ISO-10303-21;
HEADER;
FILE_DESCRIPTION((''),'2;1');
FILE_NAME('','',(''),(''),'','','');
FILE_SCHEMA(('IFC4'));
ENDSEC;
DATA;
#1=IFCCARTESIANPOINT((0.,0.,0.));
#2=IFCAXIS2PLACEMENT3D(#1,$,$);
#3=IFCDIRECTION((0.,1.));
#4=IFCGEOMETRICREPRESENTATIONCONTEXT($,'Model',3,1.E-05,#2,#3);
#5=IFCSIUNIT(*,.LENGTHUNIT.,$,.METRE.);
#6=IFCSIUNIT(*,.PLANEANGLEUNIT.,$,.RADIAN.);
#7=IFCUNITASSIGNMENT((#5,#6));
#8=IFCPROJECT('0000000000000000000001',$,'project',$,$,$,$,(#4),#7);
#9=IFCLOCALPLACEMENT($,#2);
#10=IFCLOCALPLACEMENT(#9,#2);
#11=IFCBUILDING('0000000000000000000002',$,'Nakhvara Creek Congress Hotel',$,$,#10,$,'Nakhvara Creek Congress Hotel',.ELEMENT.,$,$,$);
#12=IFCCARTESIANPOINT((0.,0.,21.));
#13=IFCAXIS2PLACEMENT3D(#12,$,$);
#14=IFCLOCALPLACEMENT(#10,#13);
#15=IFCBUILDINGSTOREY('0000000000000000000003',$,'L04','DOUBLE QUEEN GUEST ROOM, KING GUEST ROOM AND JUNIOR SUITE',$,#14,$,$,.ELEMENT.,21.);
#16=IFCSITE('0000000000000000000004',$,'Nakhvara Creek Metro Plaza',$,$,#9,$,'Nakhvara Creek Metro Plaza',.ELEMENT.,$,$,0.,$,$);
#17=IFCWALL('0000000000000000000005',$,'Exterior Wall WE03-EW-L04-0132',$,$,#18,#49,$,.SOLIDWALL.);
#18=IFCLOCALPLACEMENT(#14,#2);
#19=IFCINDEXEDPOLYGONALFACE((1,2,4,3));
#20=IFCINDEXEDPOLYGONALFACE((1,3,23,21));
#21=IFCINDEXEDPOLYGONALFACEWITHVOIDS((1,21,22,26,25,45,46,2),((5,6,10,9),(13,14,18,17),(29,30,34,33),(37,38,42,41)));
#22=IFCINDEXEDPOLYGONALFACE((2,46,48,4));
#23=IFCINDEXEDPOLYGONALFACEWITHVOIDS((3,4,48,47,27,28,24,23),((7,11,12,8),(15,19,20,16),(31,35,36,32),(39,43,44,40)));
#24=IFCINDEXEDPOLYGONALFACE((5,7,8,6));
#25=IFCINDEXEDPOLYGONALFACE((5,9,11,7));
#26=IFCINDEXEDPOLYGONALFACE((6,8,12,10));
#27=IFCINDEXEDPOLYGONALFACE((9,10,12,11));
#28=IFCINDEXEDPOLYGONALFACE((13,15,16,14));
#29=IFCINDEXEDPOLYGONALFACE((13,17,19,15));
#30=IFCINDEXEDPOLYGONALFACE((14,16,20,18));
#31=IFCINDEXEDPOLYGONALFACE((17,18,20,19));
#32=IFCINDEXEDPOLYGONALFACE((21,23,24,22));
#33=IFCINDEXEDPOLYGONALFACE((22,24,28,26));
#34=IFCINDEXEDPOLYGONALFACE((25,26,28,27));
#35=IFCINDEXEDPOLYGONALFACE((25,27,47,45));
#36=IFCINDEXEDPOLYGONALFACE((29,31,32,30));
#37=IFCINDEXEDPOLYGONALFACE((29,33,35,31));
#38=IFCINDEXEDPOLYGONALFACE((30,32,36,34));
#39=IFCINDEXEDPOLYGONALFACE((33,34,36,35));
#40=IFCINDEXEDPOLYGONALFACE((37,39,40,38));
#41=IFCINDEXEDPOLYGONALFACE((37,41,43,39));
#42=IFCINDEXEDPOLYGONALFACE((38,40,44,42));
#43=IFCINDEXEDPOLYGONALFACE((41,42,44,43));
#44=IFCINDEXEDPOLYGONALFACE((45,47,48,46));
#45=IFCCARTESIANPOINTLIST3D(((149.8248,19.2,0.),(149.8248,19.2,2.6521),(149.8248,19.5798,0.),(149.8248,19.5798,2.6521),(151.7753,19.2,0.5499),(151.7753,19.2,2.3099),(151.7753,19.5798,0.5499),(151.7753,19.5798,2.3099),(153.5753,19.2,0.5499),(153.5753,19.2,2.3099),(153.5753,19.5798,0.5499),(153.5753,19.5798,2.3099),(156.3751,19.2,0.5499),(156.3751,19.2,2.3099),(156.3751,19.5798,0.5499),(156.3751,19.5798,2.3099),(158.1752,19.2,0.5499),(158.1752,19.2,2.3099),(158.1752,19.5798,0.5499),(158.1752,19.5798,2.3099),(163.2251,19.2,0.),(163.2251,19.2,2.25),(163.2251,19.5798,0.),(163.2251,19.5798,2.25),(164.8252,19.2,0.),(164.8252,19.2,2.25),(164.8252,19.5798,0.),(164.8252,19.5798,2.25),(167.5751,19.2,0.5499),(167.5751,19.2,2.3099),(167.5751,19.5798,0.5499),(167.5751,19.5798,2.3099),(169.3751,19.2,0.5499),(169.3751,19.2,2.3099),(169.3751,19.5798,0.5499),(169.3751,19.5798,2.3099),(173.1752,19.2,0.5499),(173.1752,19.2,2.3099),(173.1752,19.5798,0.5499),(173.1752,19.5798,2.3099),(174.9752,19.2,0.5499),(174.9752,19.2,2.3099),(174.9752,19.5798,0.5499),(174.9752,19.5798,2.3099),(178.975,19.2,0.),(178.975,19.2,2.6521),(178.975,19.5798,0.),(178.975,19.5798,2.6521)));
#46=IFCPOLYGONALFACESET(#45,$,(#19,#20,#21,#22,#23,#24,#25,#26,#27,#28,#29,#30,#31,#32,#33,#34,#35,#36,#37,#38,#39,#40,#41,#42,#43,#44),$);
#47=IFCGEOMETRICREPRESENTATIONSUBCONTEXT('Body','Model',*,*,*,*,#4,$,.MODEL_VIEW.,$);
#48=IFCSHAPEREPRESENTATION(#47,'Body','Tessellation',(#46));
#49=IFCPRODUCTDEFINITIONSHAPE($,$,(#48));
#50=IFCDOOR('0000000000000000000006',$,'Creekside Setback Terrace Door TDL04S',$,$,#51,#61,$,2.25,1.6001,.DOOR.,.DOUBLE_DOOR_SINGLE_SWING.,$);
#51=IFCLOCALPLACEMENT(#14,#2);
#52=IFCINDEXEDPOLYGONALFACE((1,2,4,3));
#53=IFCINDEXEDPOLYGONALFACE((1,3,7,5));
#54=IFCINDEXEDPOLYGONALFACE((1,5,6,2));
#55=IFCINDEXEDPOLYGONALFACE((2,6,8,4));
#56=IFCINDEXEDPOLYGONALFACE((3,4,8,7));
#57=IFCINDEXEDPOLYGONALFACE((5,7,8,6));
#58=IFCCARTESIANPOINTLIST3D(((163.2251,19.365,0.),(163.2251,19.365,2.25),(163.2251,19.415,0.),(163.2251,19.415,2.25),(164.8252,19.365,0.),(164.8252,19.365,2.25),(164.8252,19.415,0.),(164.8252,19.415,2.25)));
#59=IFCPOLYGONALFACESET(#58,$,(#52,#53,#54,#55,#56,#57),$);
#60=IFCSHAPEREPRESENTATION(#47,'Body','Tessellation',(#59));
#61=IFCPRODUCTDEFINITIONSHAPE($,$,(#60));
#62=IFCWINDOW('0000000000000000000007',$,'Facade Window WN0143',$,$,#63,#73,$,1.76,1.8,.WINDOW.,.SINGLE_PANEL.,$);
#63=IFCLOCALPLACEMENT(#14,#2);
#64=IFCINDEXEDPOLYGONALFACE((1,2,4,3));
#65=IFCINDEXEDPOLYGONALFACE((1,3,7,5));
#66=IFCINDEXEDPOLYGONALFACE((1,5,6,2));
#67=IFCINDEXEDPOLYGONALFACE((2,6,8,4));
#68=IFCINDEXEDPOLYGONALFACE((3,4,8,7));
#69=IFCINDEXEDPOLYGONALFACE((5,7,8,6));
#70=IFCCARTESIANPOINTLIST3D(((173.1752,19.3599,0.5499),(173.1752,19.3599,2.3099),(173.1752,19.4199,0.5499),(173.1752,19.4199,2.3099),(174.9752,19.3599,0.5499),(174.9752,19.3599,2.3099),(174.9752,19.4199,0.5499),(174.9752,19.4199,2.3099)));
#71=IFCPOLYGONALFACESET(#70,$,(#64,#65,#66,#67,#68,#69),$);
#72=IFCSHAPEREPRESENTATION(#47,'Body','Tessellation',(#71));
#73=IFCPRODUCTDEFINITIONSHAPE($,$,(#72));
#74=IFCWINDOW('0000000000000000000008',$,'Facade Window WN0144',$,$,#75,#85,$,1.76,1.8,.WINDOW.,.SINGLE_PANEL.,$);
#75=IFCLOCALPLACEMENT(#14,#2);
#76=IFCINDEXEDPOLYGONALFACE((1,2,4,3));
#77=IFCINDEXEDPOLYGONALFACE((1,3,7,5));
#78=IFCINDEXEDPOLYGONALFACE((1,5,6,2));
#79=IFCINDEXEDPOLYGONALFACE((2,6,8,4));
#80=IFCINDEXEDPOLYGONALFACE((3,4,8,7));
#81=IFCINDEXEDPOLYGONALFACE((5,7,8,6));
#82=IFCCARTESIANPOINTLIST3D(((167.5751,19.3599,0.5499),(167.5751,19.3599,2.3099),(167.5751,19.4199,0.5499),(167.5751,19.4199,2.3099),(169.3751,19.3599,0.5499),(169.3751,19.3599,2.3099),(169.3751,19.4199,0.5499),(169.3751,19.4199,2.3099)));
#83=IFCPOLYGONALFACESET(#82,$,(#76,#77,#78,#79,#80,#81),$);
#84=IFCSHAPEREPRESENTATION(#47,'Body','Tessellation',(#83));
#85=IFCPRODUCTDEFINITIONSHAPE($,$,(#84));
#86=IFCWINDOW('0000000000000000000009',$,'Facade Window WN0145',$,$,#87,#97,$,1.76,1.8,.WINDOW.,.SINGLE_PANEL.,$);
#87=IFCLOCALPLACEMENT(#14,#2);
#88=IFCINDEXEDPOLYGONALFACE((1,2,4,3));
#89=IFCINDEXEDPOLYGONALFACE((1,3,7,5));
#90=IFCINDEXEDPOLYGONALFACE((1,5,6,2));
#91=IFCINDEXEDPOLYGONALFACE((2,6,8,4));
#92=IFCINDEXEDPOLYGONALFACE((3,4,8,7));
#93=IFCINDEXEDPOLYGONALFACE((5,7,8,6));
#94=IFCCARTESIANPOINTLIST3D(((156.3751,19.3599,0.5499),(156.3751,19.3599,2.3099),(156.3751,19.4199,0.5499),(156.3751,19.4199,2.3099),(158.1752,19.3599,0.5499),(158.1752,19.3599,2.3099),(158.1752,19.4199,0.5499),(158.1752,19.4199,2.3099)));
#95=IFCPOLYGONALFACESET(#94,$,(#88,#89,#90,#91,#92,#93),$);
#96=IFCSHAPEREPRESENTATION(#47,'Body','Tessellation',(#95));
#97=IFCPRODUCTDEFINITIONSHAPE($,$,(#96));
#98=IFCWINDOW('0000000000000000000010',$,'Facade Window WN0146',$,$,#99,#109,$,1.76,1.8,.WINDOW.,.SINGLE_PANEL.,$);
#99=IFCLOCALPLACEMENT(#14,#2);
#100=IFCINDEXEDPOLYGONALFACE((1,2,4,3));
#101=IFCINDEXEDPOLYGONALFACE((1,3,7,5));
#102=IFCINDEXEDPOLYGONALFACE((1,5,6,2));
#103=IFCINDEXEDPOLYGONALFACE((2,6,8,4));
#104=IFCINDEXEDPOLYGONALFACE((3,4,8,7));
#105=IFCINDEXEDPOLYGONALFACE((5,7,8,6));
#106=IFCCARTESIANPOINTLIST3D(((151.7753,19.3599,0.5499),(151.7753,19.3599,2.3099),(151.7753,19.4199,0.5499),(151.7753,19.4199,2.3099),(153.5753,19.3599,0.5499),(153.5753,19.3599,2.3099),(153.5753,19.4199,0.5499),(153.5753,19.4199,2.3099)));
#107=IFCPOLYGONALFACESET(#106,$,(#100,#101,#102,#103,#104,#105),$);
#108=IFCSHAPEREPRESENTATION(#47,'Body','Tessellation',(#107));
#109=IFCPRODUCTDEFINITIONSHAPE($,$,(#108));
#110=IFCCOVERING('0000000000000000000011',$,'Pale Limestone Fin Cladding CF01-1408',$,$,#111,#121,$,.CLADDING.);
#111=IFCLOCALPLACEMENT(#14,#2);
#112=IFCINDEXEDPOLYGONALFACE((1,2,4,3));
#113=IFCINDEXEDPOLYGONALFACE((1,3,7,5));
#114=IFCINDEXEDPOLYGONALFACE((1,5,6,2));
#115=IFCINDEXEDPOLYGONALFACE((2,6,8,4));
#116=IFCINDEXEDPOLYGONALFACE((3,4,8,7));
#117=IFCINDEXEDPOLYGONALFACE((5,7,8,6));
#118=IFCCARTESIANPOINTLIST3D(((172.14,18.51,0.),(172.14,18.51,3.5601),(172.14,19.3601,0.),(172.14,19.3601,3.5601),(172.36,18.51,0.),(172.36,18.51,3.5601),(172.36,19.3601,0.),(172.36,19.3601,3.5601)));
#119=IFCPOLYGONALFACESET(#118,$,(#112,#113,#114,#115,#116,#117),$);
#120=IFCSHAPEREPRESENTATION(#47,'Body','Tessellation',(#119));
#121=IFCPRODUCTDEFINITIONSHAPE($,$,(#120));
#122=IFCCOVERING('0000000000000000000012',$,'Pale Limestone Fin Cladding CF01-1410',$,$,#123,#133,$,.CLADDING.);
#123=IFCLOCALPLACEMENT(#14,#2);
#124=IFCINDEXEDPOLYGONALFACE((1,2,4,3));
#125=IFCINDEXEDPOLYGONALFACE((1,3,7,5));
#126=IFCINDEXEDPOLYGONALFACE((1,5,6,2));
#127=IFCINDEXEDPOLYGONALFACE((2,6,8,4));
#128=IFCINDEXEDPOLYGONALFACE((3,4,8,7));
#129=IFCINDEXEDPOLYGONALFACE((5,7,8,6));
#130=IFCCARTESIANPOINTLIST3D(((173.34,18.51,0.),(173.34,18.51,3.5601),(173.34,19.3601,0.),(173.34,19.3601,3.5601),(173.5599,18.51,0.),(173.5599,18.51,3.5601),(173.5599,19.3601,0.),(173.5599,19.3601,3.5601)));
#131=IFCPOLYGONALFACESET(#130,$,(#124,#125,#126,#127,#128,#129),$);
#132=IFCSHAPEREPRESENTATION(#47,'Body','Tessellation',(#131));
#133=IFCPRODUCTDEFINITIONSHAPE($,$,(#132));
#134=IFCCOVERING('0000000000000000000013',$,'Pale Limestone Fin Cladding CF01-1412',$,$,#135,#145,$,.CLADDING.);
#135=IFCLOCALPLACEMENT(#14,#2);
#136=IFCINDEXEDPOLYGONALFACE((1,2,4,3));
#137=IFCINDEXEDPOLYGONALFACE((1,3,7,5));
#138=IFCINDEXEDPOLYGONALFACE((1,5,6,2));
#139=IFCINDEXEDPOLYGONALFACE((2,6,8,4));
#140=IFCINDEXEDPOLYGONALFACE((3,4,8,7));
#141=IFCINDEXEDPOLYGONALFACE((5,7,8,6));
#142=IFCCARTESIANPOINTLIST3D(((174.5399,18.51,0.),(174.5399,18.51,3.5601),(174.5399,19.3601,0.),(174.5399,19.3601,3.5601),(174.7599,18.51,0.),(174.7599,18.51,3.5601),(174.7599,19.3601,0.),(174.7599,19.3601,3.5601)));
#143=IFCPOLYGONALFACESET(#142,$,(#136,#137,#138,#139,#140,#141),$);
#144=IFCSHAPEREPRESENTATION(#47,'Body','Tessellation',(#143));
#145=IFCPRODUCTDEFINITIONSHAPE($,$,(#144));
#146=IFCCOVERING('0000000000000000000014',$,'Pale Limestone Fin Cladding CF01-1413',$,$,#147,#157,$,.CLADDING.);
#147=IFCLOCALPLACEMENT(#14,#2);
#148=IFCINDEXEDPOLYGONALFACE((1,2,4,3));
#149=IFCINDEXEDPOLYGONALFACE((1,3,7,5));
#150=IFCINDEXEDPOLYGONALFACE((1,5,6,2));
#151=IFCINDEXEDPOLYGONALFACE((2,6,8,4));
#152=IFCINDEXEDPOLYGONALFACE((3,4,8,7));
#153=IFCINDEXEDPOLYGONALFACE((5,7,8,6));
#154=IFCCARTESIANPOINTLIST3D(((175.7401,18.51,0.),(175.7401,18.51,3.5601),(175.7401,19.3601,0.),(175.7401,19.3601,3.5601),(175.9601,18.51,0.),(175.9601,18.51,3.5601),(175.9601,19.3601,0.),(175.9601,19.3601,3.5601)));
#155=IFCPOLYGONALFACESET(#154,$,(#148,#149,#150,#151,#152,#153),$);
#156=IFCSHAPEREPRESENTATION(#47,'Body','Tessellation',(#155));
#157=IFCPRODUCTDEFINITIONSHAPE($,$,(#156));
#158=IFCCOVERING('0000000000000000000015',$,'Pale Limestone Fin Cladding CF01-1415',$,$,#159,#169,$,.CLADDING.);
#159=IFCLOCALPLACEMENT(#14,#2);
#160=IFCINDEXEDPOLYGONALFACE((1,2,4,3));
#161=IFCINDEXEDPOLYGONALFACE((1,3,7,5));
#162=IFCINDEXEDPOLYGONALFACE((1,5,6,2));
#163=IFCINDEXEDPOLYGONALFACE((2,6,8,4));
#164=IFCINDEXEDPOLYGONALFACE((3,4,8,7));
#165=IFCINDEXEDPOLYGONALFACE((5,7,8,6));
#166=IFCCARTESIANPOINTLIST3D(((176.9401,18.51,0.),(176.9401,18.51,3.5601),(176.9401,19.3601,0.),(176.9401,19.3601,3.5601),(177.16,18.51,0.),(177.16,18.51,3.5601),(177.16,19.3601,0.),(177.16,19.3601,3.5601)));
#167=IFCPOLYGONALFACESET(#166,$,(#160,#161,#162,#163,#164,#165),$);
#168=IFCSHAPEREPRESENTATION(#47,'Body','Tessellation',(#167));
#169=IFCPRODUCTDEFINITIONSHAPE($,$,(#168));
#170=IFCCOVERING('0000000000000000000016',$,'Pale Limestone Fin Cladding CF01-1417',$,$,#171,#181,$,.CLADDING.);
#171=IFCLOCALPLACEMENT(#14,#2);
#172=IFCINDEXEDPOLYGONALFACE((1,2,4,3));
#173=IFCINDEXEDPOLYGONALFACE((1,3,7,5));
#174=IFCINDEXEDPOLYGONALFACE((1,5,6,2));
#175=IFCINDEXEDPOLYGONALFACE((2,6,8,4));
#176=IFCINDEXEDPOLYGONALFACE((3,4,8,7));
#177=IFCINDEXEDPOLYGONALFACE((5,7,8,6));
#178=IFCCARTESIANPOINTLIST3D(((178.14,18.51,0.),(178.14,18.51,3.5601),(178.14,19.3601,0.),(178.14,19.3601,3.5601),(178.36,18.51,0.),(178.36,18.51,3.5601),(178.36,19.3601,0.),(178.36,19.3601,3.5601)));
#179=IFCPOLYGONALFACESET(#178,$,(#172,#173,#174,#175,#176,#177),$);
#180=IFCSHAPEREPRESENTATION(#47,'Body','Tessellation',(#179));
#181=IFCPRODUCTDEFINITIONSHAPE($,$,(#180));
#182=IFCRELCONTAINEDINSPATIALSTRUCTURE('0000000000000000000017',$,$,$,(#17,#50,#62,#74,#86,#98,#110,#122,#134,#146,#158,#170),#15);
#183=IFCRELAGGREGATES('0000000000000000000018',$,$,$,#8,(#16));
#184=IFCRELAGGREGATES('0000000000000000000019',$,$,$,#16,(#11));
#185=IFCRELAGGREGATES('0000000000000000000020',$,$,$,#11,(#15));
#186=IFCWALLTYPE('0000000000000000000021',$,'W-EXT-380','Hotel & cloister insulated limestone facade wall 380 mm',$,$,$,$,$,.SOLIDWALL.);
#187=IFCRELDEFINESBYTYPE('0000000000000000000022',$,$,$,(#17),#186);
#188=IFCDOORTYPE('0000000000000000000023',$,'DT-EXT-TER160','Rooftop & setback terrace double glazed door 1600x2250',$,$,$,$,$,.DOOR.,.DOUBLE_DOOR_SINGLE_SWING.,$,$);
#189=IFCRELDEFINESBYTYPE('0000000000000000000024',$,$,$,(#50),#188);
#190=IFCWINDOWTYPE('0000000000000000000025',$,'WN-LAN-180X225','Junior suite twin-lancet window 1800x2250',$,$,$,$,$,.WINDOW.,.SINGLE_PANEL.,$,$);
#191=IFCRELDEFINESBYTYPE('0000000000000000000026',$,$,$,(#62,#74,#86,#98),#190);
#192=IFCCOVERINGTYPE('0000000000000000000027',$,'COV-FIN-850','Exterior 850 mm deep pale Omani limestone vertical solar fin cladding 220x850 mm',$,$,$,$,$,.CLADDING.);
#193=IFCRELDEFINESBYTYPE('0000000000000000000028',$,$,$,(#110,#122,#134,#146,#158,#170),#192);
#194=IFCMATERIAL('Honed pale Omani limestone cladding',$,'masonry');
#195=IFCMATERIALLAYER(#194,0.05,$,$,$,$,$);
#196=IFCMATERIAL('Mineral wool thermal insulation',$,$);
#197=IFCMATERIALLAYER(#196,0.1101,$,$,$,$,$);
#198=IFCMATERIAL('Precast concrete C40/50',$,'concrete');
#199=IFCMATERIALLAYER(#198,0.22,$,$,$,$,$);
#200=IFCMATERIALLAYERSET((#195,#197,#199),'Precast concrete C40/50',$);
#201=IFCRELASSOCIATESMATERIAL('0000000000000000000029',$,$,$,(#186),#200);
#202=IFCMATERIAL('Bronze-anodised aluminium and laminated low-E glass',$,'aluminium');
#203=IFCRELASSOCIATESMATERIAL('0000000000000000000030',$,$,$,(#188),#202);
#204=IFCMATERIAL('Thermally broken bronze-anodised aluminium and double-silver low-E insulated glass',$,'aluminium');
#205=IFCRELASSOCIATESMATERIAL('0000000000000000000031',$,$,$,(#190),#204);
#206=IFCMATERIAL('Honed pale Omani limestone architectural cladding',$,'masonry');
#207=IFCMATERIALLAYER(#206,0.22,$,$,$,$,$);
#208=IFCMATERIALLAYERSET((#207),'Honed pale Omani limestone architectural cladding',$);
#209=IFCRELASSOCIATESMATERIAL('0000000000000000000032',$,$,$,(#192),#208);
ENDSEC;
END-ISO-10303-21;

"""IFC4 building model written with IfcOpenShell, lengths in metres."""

from ifc_helpers import new_model, si_unit, direction, frame, frame_2d, origin, origin_2d, place, context, subcontext, project, spatial, rectangle, extrude, material, layer, layer_set, type_object, element, fill, save


model = new_model("IFC4")

# Units and contexts
model_context = context("Model", 3, precision=1e-05, world=origin(), true_north=direction((0.0, 1.0)))
body_context = subcontext(model_context, "Body", "Model", "MODEL_VIEW")
ifc_project = project(units=[si_unit("LENGTHUNIT", "METRE"), si_unit("PLANEANGLEUNIT", "RADIAN")], contexts=[model_context])

# Site, building, storey
site_placement = place(None, origin())
site = spatial("IfcSite", under=ifc_project, at=site_placement, Name="Nakhvara Creek Metro Plaza", LongName="Nakhvara Creek Metro Plaza", CompositionType="ELEMENT", RefElevation=0.0)
building_placement = place(site_placement, origin())
building = spatial("IfcBuilding", under=site, at=building_placement, Name="Nakhvara Creek Congress Hotel", LongName="Nakhvara Creek Congress Hotel", CompositionType="ELEMENT")
storey_placement = place(building_placement, frame((0.0, 0.0, 21.0)))
storey = spatial("IfcBuildingStorey", under=building, at=storey_placement, Name="L04", Description="DOUBLE QUEEN GUEST ROOM, KING GUEST ROOM AND JUNIOR SUITE", CompositionType="ELEMENT", Elevation=21.0)

# Wall, openings, door, windows
ifc_material_1 = material(Name="Honed pale Omani limestone cladding", Category="masonry")
ifc_layer_1 = layer(ifc_material_1, 0.05)
ifc_material_2 = material(Name="Mineral wool thermal insulation")
ifc_layer_2 = layer(ifc_material_2, 0.1101)
ifc_material_3 = material(Name="Precast concrete C40/50", Category="concrete")
ifc_layer_3 = layer(ifc_material_3, 0.22)
ifc_layer_set_1 = layer_set([ifc_layer_1, ifc_layer_2, ifc_layer_3], Name="Precast concrete C40/50")
wall_type = type_object("IfcWallType", Name="W-EXT-380", Description="Hotel & cloister insulated limestone facade wall 380 mm", PredefinedType="SOLIDWALL", material=ifc_layer_set_1)
wall_placement = place(storey_placement, frame((178.9751, 19.3899, 0.0), z_axis=(0.0, 0.0, 1.0), x_axis=(-1.0, 0.0, 0.0)))
wall = element("IfcWall", 1, at=wall_placement, inside=storey, type_object=wall_type, Name="Exterior Wall WE03-EW-L04-0132", PredefinedType="SOLIDWALL", context=body_context, shape_type="SweptSolid", body=[
    extrude(rectangle(XDim=29.1501, YDim=0.3799, at=frame_2d((14.5752, 0.0))), origin(), (0.0, 0.0, 1.0), 2.6521),
])
opening_1_placement = place(wall_placement, frame((14.1499, 0.0, 0.0)))
opening_1 = element("IfcOpeningElement", 2, at=opening_1_placement, cuts=wall, PredefinedType="OPENING", context=body_context, shape_type="SweptSolid", body=[
    extrude(rectangle(XDim=1.6001, YDim=2.25, at=frame_2d((0.8, 1.125))), frame((0.0, 0.2019, 0.0), z_axis=(0.0, -1.0, 0.0), x_axis=(1.0, 0.0, 0.0)), (0.0, 0.0, 1.0), 0.4038),
])
opening_2_placement = place(wall_placement, frame((4.0, 0.0, 0.55)))
opening_2 = element("IfcOpeningElement", 3, at=opening_2_placement, cuts=wall, PredefinedType="OPENING", context=body_context, shape_type="SweptSolid", body=[
    extrude(rectangle(XDim=1.8, YDim=1.76, at=frame_2d((0.8999, 0.8799))), frame((0.0, 0.2019, 0.0), z_axis=(0.0, -1.0, 0.0), x_axis=(1.0, 0.0, 0.0)), (0.0, 0.0, 1.0), 0.4038),
])
opening_3_placement = place(wall_placement, frame((9.6001, 0.0, 0.55)))
opening_3 = element("IfcOpeningElement", 4, at=opening_3_placement, cuts=wall, PredefinedType="OPENING", context=body_context, shape_type="SweptSolid", body=[
    extrude(rectangle(XDim=1.8, YDim=1.76, at=frame_2d((0.8999, 0.8799))), frame((0.0, 0.2019, 0.0), z_axis=(0.0, -1.0, 0.0), x_axis=(1.0, 0.0, 0.0)), (0.0, 0.0, 1.0), 0.4038),
])
opening_4_placement = place(wall_placement, frame((20.8, 0.0, 0.55)))
opening_4 = element("IfcOpeningElement", 5, at=opening_4_placement, cuts=wall, PredefinedType="OPENING", context=body_context, shape_type="SweptSolid", body=[
    extrude(rectangle(XDim=1.8, YDim=1.76, at=frame_2d((0.8999, 0.8799))), frame((0.0, 0.2019, 0.0), z_axis=(0.0, -1.0, 0.0), x_axis=(1.0, 0.0, 0.0)), (0.0, 0.0, 1.0), 0.4038),
])
opening_5_placement = place(wall_placement, frame((25.3999, 0.0, 0.55)))
opening_5 = element("IfcOpeningElement", 6, at=opening_5_placement, cuts=wall, PredefinedType="OPENING", context=body_context, shape_type="SweptSolid", body=[
    extrude(rectangle(XDim=1.8, YDim=1.76, at=frame_2d((0.8999, 0.8799))), frame((0.0, 0.2019, 0.0), z_axis=(0.0, -1.0, 0.0), x_axis=(1.0, 0.0, 0.0)), (0.0, 0.0, 1.0), 0.4038),
])
ifc_material_4 = material(Name="Bronze-anodised aluminium and laminated low-E glass", Category="aluminium")
door_type = type_object("IfcDoorType", Name="DT-EXT-TER160", Description="Rooftop & setback terrace double glazed door 1600x2250", OperationType="DOUBLE_DOOR_SINGLE_SWING", PredefinedType="DOOR", material=ifc_material_4)
door_placement = place(opening_1_placement, origin())
door = element("IfcDoor", 7, at=door_placement, inside=storey, type_object=door_type, Name="Creekside Setback Terrace Door TDL04S", OperationType="DOUBLE_DOOR_SINGLE_SWING", OverallHeight=2.25, OverallWidth=1.6001, PredefinedType="DOOR", context=body_context, shape_type="SweptSolid", body=[
    extrude(rectangle(XDim=1.6001, YDim=2.25, at=frame_2d((0.8, 1.125))), frame((0.0, 0.0249, 0.0), z_axis=(0.0, -1.0, 0.0), x_axis=(1.0, 0.0, 0.0)), (0.0, 0.0, 1.0), 0.05),
])
fill(opening_1, door)
ifc_material_5 = material(Name="Thermally broken bronze-anodised aluminium and double-silver low-E insulated glass", Category="aluminium")
window_type = type_object("IfcWindowType", Name="WN-LAN-180X225", Description="Junior suite twin-lancet window 1800x2250", PartitioningType="SINGLE_PANEL", PredefinedType="WINDOW", material=ifc_material_5)
window_1_placement = place(opening_2_placement, origin())
window_1 = element("IfcWindow", 8, at=window_1_placement, inside=storey, type_object=window_type, Name="Facade Window WN0143", OverallHeight=1.76, OverallWidth=1.8, PartitioningType="SINGLE_PANEL", PredefinedType="WINDOW", context=body_context, shape_type="SweptSolid", body=[
    extrude(rectangle(XDim=1.8, YDim=1.76, at=frame_2d((0.8999, 0.8799))), frame((0.0, 0.03, 0.0), z_axis=(0.0, -1.0, 0.0), x_axis=(1.0, 0.0, 0.0)), (0.0, 0.0, 1.0), 0.0601),
])
fill(opening_2, window_1)
window_2_placement = place(opening_3_placement, origin())
window_2 = element("IfcWindow", 9, at=window_2_placement, inside=storey, type_object=window_type, Name="Facade Window WN0144", OverallHeight=1.76, OverallWidth=1.8, PartitioningType="SINGLE_PANEL", PredefinedType="WINDOW", context=body_context, shape_type="SweptSolid", body=[
    extrude(rectangle(XDim=1.8, YDim=1.76, at=frame_2d((0.8999, 0.8799))), frame((0.0, 0.03, 0.0), z_axis=(0.0, -1.0, 0.0), x_axis=(1.0, 0.0, 0.0)), (0.0, 0.0, 1.0), 0.0601),
])
fill(opening_3, window_2)
window_3_placement = place(opening_4_placement, origin())
window_3 = element("IfcWindow", 10, at=window_3_placement, inside=storey, type_object=window_type, Name="Facade Window WN0145", OverallHeight=1.76, OverallWidth=1.8, PartitioningType="SINGLE_PANEL", PredefinedType="WINDOW", context=body_context, shape_type="SweptSolid", body=[
    extrude(rectangle(XDim=1.8, YDim=1.76, at=frame_2d((0.8999, 0.8799))), frame((0.0, 0.03, 0.0), z_axis=(0.0, -1.0, 0.0), x_axis=(1.0, 0.0, 0.0)), (0.0, 0.0, 1.0), 0.0601),
])
fill(opening_4, window_3)
window_4_placement = place(opening_5_placement, origin())
window_4 = element("IfcWindow", 11, at=window_4_placement, inside=storey, type_object=window_type, Name="Facade Window WN0146", OverallHeight=1.76, OverallWidth=1.8, PartitioningType="SINGLE_PANEL", PredefinedType="WINDOW", context=body_context, shape_type="SweptSolid", body=[
    extrude(rectangle(XDim=1.8, YDim=1.76, at=frame_2d((0.8999, 0.8799))), frame((0.0, 0.03, 0.0), z_axis=(0.0, -1.0, 0.0), x_axis=(1.0, 0.0, 0.0)), (0.0, 0.0, 1.0), 0.0601),
])
fill(opening_5, window_4)

# Coverings
ifc_material_6 = material(Name="Honed pale Omani limestone architectural cladding", Category="masonry")
ifc_layer_4 = layer(ifc_material_6, 0.22)
ifc_layer_set_2 = layer_set([ifc_layer_4], Name="Honed pale Omani limestone architectural cladding")
covering_type = type_object("IfcCoveringType", Name="COV-FIN-850", Description="Exterior 850 mm deep pale Omani limestone vertical solar fin cladding 220x850 mm", PredefinedType="CLADDING", material=ifc_layer_set_2)
for number, where, z_axis, x_axis, name in (
    (12, (172.25, 18.9351, 0.0), (0.0, 0.0, 1.0), (1.0, 0.0, 0.0), "Pale Limestone Fin Cladding CF01-1408"),
    (13, (173.45, 18.9351, 0.0), (0.0, 0.0, 1.0), (1.0, 0.0, 0.0), "Pale Limestone Fin Cladding CF01-1410"),
    (14, (174.6499, 18.9351, 0.0), (0.0, 0.0, 1.0), (1.0, 0.0, 0.0), "Pale Limestone Fin Cladding CF01-1412"),
    (15, (175.8501, 18.9351, 0.0), (0.0, 0.0, 1.0), (1.0, 0.0, 0.0), "Pale Limestone Fin Cladding CF01-1413"),
    (16, (177.05, 18.9351, 0.0), (0.0, 0.0, 1.0), (1.0, 0.0, 0.0), "Pale Limestone Fin Cladding CF01-1415"),
    (17, (178.25, 18.9351, 0.0), (0.0, 0.0, 1.0), (1.0, 0.0, 0.0), "Pale Limestone Fin Cladding CF01-1417"),
):
    element("IfcCovering", number, at=place(storey_placement, frame(where, z_axis=z_axis, x_axis=x_axis)), inside=storey, type_object=covering_type, Name=name, PredefinedType="CLADDING", context=body_context, shape_type="SweptSolid", body=[
        extrude(rectangle(XDim=0.22, YDim=0.8501, at=origin_2d()), origin(), (0.0, 0.0, 1.0), 3.5601),
    ])

save(model, "model.ifc")
